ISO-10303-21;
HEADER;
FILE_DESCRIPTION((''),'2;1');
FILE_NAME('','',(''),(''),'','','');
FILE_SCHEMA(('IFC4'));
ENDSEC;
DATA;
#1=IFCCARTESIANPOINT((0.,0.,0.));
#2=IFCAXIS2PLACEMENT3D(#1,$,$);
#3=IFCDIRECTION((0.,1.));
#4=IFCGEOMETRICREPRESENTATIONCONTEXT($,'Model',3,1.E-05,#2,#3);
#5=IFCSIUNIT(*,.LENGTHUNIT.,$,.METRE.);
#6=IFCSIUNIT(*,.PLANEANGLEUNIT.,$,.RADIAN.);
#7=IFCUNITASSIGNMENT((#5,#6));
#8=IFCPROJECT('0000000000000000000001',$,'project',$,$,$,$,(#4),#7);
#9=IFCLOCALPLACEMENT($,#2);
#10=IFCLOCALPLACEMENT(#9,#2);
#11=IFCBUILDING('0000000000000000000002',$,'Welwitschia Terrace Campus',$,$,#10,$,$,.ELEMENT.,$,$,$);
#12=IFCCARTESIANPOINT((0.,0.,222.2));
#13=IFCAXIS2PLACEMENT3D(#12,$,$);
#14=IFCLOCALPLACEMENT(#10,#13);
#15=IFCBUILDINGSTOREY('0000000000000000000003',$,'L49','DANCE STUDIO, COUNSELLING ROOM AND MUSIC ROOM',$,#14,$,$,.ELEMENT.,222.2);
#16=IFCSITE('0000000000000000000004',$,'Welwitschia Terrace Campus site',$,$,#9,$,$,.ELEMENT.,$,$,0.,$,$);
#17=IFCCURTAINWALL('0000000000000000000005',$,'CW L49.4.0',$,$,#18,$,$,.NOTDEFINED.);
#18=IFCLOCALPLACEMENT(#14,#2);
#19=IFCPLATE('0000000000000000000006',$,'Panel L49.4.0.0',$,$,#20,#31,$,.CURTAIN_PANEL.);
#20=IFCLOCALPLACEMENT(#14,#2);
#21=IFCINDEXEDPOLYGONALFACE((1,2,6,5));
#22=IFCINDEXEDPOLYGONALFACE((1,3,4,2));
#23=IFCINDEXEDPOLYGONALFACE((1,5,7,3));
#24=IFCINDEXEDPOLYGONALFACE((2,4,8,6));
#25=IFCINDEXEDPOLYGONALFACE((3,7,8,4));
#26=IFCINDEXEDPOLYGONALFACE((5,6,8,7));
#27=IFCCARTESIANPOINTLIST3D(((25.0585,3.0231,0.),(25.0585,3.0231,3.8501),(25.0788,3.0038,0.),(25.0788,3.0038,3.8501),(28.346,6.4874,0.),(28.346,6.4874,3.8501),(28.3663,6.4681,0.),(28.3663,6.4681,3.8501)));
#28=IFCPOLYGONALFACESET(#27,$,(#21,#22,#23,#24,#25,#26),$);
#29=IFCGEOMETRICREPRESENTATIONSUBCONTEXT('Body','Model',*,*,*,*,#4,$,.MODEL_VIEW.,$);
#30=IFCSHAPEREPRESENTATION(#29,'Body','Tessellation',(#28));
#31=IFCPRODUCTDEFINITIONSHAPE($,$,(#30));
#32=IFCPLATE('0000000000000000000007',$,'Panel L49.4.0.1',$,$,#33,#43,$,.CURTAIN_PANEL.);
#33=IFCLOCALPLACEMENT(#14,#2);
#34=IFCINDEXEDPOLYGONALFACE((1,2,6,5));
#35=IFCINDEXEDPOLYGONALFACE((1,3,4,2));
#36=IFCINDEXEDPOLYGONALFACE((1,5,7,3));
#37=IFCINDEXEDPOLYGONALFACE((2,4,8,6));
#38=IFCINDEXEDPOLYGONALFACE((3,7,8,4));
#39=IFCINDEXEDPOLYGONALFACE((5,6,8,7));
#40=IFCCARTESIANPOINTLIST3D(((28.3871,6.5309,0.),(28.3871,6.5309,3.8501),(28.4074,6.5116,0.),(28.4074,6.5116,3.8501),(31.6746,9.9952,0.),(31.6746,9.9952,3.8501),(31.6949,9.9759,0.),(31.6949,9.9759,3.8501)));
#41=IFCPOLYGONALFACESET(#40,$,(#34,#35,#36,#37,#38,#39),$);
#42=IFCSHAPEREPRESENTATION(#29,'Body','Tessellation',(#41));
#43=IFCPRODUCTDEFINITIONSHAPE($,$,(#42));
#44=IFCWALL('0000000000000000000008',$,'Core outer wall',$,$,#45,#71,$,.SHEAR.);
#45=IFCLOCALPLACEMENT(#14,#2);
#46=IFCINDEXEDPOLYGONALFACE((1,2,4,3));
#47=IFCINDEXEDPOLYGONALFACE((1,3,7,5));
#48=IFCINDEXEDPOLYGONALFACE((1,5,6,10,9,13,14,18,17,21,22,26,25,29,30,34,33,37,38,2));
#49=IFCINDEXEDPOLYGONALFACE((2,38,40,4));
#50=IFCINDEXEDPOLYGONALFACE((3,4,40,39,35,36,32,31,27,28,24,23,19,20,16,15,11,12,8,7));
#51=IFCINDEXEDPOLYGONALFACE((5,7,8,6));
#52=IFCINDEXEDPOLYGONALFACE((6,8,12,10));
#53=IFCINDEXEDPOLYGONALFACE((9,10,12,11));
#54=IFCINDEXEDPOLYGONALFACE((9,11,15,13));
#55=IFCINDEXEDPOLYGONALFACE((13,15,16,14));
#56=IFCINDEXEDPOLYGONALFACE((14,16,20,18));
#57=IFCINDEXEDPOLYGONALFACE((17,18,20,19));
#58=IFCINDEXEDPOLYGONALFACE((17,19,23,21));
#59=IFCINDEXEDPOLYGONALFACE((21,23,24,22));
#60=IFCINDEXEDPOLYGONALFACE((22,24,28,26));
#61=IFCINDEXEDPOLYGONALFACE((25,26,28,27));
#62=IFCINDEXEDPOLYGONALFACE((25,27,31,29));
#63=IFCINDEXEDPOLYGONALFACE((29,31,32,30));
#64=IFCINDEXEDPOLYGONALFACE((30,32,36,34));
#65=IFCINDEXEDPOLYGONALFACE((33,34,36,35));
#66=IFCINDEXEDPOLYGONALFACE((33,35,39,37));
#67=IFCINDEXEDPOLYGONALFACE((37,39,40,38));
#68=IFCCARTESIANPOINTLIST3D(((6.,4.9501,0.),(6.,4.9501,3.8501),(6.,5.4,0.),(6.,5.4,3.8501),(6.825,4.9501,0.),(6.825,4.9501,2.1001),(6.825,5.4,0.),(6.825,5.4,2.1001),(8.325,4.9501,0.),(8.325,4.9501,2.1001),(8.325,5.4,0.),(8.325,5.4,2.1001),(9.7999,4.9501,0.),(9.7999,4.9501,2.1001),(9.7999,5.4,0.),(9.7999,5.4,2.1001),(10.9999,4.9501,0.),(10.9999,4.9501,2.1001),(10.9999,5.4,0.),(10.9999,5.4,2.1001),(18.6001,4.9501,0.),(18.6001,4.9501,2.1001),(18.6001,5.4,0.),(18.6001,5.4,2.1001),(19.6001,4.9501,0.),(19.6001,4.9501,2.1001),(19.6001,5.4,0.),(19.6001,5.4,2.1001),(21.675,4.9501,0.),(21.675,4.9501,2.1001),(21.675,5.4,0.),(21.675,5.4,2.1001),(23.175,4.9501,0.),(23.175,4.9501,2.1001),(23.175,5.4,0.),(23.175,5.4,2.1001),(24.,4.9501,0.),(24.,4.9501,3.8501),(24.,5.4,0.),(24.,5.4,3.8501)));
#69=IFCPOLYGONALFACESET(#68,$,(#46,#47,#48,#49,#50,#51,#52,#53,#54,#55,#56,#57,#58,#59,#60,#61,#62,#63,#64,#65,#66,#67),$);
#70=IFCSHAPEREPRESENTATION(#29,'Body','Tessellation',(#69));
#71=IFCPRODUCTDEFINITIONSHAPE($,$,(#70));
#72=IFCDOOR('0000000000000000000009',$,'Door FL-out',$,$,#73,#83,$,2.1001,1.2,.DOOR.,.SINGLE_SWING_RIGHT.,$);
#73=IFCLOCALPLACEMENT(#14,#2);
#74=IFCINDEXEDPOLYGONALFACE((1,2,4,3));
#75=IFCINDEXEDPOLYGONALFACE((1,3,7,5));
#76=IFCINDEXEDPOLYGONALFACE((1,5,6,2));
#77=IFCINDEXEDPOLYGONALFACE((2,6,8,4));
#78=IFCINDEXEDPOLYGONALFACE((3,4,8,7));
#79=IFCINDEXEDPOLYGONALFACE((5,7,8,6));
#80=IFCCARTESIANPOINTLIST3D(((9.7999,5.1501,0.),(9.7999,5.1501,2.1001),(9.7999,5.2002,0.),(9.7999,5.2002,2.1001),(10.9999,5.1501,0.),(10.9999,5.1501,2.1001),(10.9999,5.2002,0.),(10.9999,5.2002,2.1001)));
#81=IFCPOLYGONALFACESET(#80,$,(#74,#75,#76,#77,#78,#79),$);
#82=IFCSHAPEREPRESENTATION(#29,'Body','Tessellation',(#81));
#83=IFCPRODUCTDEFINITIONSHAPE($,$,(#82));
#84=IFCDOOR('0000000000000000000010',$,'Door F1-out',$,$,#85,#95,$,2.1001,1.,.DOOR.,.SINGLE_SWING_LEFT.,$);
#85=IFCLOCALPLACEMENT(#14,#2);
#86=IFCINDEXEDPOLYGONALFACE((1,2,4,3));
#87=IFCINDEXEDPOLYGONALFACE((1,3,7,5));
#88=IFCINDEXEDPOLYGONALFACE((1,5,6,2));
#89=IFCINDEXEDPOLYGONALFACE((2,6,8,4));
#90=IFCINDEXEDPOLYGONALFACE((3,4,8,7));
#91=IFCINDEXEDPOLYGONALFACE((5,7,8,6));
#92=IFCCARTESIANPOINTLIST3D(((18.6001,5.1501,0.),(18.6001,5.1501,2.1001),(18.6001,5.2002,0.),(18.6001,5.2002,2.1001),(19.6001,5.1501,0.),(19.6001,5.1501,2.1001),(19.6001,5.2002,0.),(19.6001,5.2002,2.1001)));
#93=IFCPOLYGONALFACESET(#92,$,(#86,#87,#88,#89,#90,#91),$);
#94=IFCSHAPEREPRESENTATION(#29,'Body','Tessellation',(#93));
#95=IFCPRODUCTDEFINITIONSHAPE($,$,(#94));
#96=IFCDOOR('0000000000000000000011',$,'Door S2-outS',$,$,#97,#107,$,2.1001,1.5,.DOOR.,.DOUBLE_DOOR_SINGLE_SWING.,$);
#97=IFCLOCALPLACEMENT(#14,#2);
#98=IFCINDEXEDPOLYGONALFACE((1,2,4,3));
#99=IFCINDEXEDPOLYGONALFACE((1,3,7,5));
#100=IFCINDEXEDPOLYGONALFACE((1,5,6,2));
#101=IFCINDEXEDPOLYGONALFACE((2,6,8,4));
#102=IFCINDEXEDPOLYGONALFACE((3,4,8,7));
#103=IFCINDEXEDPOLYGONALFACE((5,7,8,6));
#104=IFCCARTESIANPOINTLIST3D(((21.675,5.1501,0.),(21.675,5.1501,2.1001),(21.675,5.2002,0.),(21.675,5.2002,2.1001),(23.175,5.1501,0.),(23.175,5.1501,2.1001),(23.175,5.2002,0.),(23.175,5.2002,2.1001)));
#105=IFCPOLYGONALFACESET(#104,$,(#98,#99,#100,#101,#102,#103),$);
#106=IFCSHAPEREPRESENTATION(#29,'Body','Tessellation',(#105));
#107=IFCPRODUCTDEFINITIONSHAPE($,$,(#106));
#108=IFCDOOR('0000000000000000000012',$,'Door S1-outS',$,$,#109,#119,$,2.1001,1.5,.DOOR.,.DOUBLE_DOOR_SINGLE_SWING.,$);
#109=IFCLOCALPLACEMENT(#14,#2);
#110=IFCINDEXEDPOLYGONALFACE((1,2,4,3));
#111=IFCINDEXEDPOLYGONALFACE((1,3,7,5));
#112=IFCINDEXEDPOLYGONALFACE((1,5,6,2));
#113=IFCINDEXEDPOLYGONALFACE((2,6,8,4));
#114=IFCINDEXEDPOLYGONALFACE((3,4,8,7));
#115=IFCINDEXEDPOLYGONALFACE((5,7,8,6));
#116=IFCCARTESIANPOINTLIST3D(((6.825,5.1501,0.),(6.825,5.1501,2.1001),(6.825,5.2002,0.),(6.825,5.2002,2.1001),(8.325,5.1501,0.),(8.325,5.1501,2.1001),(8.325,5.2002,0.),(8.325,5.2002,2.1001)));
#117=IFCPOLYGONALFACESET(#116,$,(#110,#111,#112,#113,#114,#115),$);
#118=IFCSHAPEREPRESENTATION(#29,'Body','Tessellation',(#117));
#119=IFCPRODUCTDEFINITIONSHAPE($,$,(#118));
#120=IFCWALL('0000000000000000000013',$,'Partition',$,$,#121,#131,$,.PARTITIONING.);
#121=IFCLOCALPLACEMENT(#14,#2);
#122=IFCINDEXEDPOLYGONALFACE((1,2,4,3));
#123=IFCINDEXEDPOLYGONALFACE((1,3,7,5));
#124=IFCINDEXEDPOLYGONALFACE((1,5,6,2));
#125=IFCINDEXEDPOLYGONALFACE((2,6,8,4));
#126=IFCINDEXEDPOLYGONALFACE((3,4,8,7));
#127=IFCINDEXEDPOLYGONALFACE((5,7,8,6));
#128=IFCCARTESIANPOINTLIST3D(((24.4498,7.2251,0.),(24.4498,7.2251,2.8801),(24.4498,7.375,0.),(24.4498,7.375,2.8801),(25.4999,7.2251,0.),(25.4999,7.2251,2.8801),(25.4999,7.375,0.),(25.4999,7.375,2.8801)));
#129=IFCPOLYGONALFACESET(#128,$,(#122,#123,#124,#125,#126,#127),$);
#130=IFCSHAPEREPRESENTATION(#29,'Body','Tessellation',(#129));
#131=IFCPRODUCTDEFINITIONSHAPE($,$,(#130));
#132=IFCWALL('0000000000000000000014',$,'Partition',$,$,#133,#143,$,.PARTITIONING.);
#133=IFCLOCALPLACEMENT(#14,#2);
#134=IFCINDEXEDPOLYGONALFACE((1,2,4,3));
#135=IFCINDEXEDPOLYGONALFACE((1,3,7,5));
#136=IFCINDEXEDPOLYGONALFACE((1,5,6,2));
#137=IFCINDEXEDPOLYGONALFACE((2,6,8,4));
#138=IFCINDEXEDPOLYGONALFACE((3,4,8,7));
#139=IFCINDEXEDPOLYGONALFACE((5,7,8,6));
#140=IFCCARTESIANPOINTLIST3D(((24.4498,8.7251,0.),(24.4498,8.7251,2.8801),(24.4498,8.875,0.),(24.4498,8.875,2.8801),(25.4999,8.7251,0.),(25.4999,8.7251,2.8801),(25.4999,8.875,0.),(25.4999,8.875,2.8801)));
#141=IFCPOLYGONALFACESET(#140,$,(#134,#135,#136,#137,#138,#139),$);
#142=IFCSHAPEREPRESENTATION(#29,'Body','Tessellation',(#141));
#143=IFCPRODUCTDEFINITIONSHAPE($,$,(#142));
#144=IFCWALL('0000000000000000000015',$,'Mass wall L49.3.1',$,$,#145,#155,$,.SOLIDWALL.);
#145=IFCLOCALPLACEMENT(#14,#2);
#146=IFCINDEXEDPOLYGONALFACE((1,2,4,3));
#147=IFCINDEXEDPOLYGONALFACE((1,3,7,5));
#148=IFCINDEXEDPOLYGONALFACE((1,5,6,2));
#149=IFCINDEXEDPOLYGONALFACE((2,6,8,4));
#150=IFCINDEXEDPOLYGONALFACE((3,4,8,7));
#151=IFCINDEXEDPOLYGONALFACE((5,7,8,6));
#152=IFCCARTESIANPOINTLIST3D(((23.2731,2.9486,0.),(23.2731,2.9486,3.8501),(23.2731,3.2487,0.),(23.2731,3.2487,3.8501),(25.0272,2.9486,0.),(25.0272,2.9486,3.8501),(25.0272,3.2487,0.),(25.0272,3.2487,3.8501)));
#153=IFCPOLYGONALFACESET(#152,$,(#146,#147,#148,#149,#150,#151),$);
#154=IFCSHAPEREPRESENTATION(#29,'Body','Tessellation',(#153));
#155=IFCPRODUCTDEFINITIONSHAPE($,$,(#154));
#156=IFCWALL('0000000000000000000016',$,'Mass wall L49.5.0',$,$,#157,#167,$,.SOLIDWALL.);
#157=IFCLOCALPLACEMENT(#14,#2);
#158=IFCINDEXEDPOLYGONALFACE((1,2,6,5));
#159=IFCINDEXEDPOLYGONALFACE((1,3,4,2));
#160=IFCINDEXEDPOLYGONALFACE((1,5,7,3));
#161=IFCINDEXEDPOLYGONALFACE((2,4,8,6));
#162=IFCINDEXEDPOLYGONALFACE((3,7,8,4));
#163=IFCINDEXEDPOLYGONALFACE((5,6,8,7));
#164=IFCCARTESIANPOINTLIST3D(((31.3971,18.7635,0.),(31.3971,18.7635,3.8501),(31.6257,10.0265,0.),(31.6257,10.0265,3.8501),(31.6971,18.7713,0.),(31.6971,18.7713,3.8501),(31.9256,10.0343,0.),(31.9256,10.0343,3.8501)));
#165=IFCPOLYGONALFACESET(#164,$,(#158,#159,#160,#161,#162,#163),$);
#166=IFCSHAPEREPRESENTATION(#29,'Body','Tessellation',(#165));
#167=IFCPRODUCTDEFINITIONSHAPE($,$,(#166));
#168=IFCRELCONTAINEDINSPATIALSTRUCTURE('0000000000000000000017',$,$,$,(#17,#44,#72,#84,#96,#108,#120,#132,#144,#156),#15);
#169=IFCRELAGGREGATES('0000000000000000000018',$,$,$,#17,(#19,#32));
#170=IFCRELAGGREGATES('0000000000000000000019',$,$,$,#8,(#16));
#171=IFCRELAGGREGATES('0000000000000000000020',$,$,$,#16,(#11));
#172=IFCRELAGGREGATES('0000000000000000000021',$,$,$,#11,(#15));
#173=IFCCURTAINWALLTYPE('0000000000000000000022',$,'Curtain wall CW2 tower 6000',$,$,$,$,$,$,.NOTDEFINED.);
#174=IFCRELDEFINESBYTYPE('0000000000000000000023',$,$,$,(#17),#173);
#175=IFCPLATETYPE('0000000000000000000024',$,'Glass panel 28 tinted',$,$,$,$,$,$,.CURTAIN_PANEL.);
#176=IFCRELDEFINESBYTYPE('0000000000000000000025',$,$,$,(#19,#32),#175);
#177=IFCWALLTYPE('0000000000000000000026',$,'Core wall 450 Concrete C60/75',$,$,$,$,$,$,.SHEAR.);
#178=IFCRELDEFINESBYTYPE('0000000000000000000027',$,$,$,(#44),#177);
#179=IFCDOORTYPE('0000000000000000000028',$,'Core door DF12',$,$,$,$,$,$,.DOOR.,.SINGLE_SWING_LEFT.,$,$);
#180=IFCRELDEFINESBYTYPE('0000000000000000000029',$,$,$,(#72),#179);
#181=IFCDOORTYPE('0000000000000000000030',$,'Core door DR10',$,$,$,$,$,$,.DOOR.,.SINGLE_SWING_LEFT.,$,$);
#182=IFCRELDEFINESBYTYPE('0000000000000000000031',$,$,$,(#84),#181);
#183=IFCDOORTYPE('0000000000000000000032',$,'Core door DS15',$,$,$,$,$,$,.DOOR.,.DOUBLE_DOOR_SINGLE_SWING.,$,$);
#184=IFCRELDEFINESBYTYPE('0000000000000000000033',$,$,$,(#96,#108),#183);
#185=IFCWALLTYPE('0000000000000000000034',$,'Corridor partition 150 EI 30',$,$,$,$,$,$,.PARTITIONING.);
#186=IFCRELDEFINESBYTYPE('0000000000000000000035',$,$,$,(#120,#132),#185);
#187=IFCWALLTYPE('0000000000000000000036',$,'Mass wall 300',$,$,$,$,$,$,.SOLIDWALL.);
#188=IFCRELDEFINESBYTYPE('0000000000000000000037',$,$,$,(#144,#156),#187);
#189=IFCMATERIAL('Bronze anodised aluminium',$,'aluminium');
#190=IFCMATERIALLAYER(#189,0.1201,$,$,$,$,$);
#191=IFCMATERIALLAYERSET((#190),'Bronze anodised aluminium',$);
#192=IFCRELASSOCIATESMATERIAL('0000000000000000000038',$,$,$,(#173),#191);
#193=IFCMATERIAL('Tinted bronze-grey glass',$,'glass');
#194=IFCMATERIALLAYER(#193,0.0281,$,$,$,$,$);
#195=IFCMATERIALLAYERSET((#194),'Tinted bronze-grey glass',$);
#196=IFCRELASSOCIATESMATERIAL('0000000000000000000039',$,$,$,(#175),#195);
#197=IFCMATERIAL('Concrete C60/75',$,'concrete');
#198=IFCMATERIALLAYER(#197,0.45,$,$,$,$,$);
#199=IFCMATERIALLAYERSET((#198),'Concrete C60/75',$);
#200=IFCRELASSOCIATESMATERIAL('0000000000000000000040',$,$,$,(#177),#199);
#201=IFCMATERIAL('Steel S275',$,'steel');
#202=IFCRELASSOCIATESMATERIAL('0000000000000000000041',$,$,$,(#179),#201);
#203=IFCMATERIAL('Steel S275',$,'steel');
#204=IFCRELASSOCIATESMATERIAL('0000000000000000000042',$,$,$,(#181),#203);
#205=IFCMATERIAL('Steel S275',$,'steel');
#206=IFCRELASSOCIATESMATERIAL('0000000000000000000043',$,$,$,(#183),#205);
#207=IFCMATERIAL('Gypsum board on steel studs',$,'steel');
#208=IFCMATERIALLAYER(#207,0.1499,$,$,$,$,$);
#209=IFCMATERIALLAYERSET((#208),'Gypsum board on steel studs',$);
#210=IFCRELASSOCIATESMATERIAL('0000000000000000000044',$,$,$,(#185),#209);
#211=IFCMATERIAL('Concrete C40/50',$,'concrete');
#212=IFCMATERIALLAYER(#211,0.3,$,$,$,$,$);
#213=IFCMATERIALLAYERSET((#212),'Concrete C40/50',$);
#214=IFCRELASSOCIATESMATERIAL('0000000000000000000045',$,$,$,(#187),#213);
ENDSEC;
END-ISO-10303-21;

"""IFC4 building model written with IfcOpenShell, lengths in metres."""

from ifc_helpers import new_model, si_unit, direction, frame, frame_2d, origin, origin_2d, place, context, subcontext, project, spatial, rectangle, extrude, material, layer, layer_set, type_object, element, fill, aggregate, save


model = new_model("IFC4")

# Units and contexts
model_context = context("Model", 3, precision=1e-05, world=origin(), true_north=direction((0.0, 1.0)))
body_context = subcontext(model_context, "Body", "Model", "MODEL_VIEW")
ifc_project = project(units=[si_unit("LENGTHUNIT", "METRE"), si_unit("PLANEANGLEUNIT", "RADIAN")], contexts=[model_context])

# Site, building, storey
site_placement = place(None, origin())
site = spatial("IfcSite", under=ifc_project, at=site_placement, Name="Welwitschia Terrace Campus site", CompositionType="ELEMENT", RefElevation=0.0)
building_placement = place(site_placement, origin())
building = spatial("IfcBuilding", under=site, at=building_placement, Name="Welwitschia Terrace Campus", CompositionType="ELEMENT")
storey_placement = place(building_placement, frame((0.0, 0.0, 222.2)))
storey = spatial("IfcBuildingStorey", under=building, at=storey_placement, Name="L49", Description="DANCE STUDIO, COUNSELLING ROOM AND MUSIC ROOM", CompositionType="ELEMENT", Elevation=222.2)

# Shared definitions
ifc_material_1 = material(Name="Bronze anodised aluminium", Category="aluminium")
ifc_layer_1 = layer(ifc_material_1, 0.1201)
ifc_layer_set_1 = layer_set([ifc_layer_1], Name="Bronze anodised aluminium")
curtain_wall_type = type_object("IfcCurtainWallType", Name="Curtain wall CW2 tower 6000", PredefinedType="NOTDEFINED", material=ifc_layer_set_1)

# Curtain wall
curtain_wall_1_placement = place(storey_placement, origin())
curtain_wall_1 = element("IfcCurtainWall", 1, at=curtain_wall_1_placement, inside=storey, type_object=curtain_wall_type, Name="CW L49.4.0", PredefinedType="NOTDEFINED")

# Plates
ifc_material_2 = material(Name="Tinted bronze-grey glass", Category="glass")
ifc_layer_2 = layer(ifc_material_2, 0.0281)
ifc_layer_set_2 = layer_set([ifc_layer_2], Name="Tinted bronze-grey glass")
plate_type = type_object("IfcPlateType", Name="Glass panel 28 tinted", PredefinedType="CURTAIN_PANEL", material=ifc_layer_set_2)
plate_1_placement = place(storey_placement, frame((26.7124, 4.7456, 0.0), z_axis=(0.0, 0.0, 1.0), x_axis=(0.688355, 0.725374, 0.0)))
plate_1 = element("IfcPlate", 2, at=plate_1_placement, type_object=plate_type, Name="Panel L49.4.0.0", PredefinedType="CURTAIN_PANEL", context=body_context, shape_type="SweptSolid", body=[
    extrude(rectangle(XDim=4.7759, YDim=0.0281, at=origin_2d()), origin(), (0.0, 0.0, 1.0), 3.8501),
])
plate_2_placement = place(storey_placement, frame((30.041, 8.2534, 0.0), z_axis=(0.0, 0.0, 1.0), x_axis=(0.688355, 0.725374, 0.0)))
plate_2 = element("IfcPlate", 3, at=plate_2_placement, type_object=plate_type, Name="Panel L49.4.0.1", PredefinedType="CURTAIN_PANEL", context=body_context, shape_type="SweptSolid", body=[
    extrude(rectangle(XDim=4.7759, YDim=0.0281, at=origin_2d()), origin(), (0.0, 0.0, 1.0), 3.8501),
])
aggregate(curtain_wall_1, [plate_1, plate_2])

# Wall, openings, doors
ifc_material_3 = material(Name="Concrete C60/75", Category="concrete")
ifc_layer_3 = layer(ifc_material_3, 0.45)
ifc_layer_set_3 = layer_set([ifc_layer_3], Name="Concrete C60/75")
wall_type_1 = type_object("IfcWallType", Name="Core wall 450 Concrete C60/75", PredefinedType="SHEAR", material=ifc_layer_set_3)
wall_1_placement = place(storey_placement, frame((24.0, 5.175, 0.0), z_axis=(0.0, 0.0, 1.0), x_axis=(-1.0, 0.0, 0.0)))
wall_1 = element("IfcWall", 4, at=wall_1_placement, inside=storey, type_object=wall_type_1, Name="Core outer wall", PredefinedType="SHEAR", context=body_context, shape_type="SweptSolid", body=[
    extrude(rectangle(XDim=18.0, YDim=0.45, at=frame_2d((9.0, 0.0))), origin(), (0.0, 0.0, 1.0), 3.8501),
])
opening_1_placement = place(wall_1_placement, frame((0.825, 0.0, 0.0)))
opening_1 = element("IfcOpeningElement", 5, at=opening_1_placement, cuts=wall_1, PredefinedType="OPENING", context=body_context, shape_type="SweptSolid", body=[
    extrude(rectangle(XDim=1.5, YDim=2.1001, at=frame_2d((0.75, 1.05))), frame((0.0, 0.2349, 0.0), z_axis=(0.0, -1.0, 0.0), x_axis=(1.0, 0.0, 0.0)), (0.0, 0.0, 1.0), 0.47),
])
opening_2_placement = place(wall_1_placement, frame((15.675, 0.0, 0.0)))
opening_2 = element("IfcOpeningElement", 6, at=opening_2_placement, cuts=wall_1, PredefinedType="OPENING", context=body_context, shape_type="SweptSolid", body=[
    extrude(rectangle(XDim=1.5, YDim=2.1001, at=frame_2d((0.75, 1.05))), frame((0.0, 0.2349, 0.0), z_axis=(0.0, -1.0, 0.0), x_axis=(1.0, 0.0, 0.0)), (0.0, 0.0, 1.0), 0.47),
])
opening_3_placement = place(wall_1_placement, frame((13.0, 0.0, 0.0)))
opening_3 = element("IfcOpeningElement", 7, at=opening_3_placement, cuts=wall_1, PredefinedType="OPENING", context=body_context, shape_type="SweptSolid", body=[
    extrude(rectangle(XDim=1.2, YDim=2.1001, at=frame_2d((0.6001, 1.05))), frame((0.0, 0.2349, 0.0), z_axis=(0.0, -1.0, 0.0), x_axis=(1.0, 0.0, 0.0)), (0.0, 0.0, 1.0), 0.47),
])
opening_4_placement = place(wall_1_placement, frame((4.3999, 0.0, 0.0)))
opening_4 = element("IfcOpeningElement", 8, at=opening_4_placement, cuts=wall_1, PredefinedType="OPENING", context=body_context, shape_type="SweptSolid", body=[
    extrude(rectangle(XDim=1.0, YDim=2.1001, at=frame_2d((0.5, 1.05))), frame((0.0, 0.2349, 0.0), z_axis=(0.0, -1.0, 0.0), x_axis=(1.0, 0.0, 0.0)), (0.0, 0.0, 1.0), 0.47),
])
ifc_material_4 = material(Name="Steel S275", Category="steel")
door_type_1 = type_object("IfcDoorType", Name="Core door DF12", OperationType="SINGLE_SWING_LEFT", PredefinedType="DOOR", material=ifc_material_4)
door_1_placement = place(opening_3_placement, origin())
door_1 = element("IfcDoor", 9, at=door_1_placement, inside=storey, type_object=door_type_1, Name="Door FL-out", OperationType="SINGLE_SWING_RIGHT", OverallHeight=2.1001, OverallWidth=1.2, PredefinedType="DOOR", context=body_context, shape_type="SweptSolid", body=[
    extrude(rectangle(XDim=1.2, YDim=2.1001, at=frame_2d((0.6001, 1.05))), frame((0.0, 0.0249, 0.0), z_axis=(0.0, -1.0, 0.0), x_axis=(1.0, 0.0, 0.0)), (0.0, 0.0, 1.0), 0.05),
])
fill(opening_3, door_1)
ifc_material_5 = material(Name="Steel S275", Category="steel")
door_type_2 = type_object("IfcDoorType", Name="Core door DR10", OperationType="SINGLE_SWING_LEFT", PredefinedType="DOOR", material=ifc_material_5)
door_2_placement = place(opening_4_placement, origin())
door_2 = element("IfcDoor", 10, at=door_2_placement, inside=storey, type_object=door_type_2, Name="Door F1-out", OperationType="SINGLE_SWING_LEFT", OverallHeight=2.1001, OverallWidth=1.0, PredefinedType="DOOR", context=body_context, shape_type="SweptSolid", body=[
    extrude(rectangle(XDim=1.0, YDim=2.1001, at=frame_2d((0.5, 1.05))), frame((0.0, 0.0249, 0.0), z_axis=(0.0, -1.0, 0.0), x_axis=(1.0, 0.0, 0.0)), (0.0, 0.0, 1.0), 0.05),
])
fill(opening_4, door_2)
ifc_material_6 = material(Name="Steel S275", Category="steel")
door_type_3 = type_object("IfcDoorType", Name="Core door DS15", OperationType="DOUBLE_DOOR_SINGLE_SWING", PredefinedType="DOOR", material=ifc_material_6)
door_3_placement = place(opening_1_placement, origin())
door_3 = element("IfcDoor", 11, at=door_3_placement, inside=storey, type_object=door_type_3, Name="Door S2-outS", OperationType="DOUBLE_DOOR_SINGLE_SWING", OverallHeight=2.1001, OverallWidth=1.5, PredefinedType="DOOR", context=body_context, shape_type="SweptSolid", body=[
    extrude(rectangle(XDim=1.5, YDim=2.1001, at=frame_2d((0.75, 1.05))), frame((0.0, 0.0249, 0.0), z_axis=(0.0, -1.0, 0.0), x_axis=(1.0, 0.0, 0.0)), (0.0, 0.0, 1.0), 0.05),
])
fill(opening_1, door_3)
door_4_placement = place(opening_2_placement, origin())
door_4 = element("IfcDoor", 12, at=door_4_placement, inside=storey, type_object=door_type_3, Name="Door S1-outS", OperationType="DOUBLE_DOOR_SINGLE_SWING", OverallHeight=2.1001, OverallWidth=1.5, PredefinedType="DOOR", context=body_context, shape_type="SweptSolid", body=[
    extrude(rectangle(XDim=1.5, YDim=2.1001, at=frame_2d((0.75, 1.05))), frame((0.0, 0.0249, 0.0), z_axis=(0.0, -1.0, 0.0), x_axis=(1.0, 0.0, 0.0)), (0.0, 0.0, 1.0), 0.05),
])
fill(opening_2, door_4)

# Walls
ifc_material_7 = material(Name="Gypsum board on steel studs", Category="steel")
ifc_layer_4 = layer(ifc_material_7, 0.1499)
ifc_layer_set_4 = layer_set([ifc_layer_4], Name="Gypsum board on steel studs")
wall_type_2 = type_object("IfcWallType", Name="Corridor partition 150 EI 30", PredefinedType="PARTITIONING", material=ifc_layer_set_4)
for number, where, z_axis, x_axis, name in (
    (13, (24.45, 7.3, 0.0), (0.0, 0.0, 1.0), (1.0, 0.0, 0.0), "Partition"),
    (14, (24.45, 8.8, 0.0), (0.0, 0.0, 1.0), (1.0, 0.0, 0.0), "Partition"),
):
    element("IfcWall", number, at=place(storey_placement, frame(where, z_axis=z_axis, x_axis=x_axis)), inside=storey, type_object=wall_type_2, Name=name, PredefinedType="PARTITIONING", context=body_context, shape_type="SweptSolid", body=[
        extrude(rectangle(XDim=1.05, YDim=0.1499, at=frame_2d((0.5249, 0.0))), origin(), (0.0, 0.0, 1.0), 2.8801),
    ])
ifc_material_8 = material(Name="Concrete C40/50", Category="concrete")
ifc_layer_5 = layer(ifc_material_8, 0.3)
ifc_layer_set_5 = layer_set([ifc_layer_5], Name="Concrete C40/50")
wall_type_3 = type_object("IfcWallType", Name="Mass wall 300", PredefinedType="SOLIDWALL", material=ifc_layer_set_5)
wall_2_placement = place(storey_placement, frame((23.2732, 3.0986, 0.0), z_axis=(0.0, 0.0, 1.0), x_axis=(1.0, 0.0, 0.0)))
element("IfcWall", 15, at=wall_2_placement, inside=storey, type_object=wall_type_3, Name="Mass wall L49.3.1", PredefinedType="SOLIDWALL", context=body_context, shape_type="SweptSolid", body=[
    extrude(rectangle(XDim=1.7542, YDim=0.3, at=frame_2d((0.877, 0.0))), origin(), (0.0, 0.0, 1.0), 3.8501),
])
wall_3_placement = place(storey_placement, frame((31.7756, 10.0303, 0.0), z_axis=(0.0, 0.0, 1.0), x_axis=(-0.026146, 0.999658, 0.0)))
element("IfcWall", 16, at=wall_3_placement, inside=storey, type_object=wall_type_3, Name="Mass wall L49.5.0", PredefinedType="SOLIDWALL", context=body_context, shape_type="SweptSolid", body=[
    extrude(rectangle(XDim=8.74, YDim=0.3, at=frame_2d((4.3701, 0.0))), origin(), (0.0, 0.0, 1.0), 3.8501),
])

save(model, "model.ifc")
